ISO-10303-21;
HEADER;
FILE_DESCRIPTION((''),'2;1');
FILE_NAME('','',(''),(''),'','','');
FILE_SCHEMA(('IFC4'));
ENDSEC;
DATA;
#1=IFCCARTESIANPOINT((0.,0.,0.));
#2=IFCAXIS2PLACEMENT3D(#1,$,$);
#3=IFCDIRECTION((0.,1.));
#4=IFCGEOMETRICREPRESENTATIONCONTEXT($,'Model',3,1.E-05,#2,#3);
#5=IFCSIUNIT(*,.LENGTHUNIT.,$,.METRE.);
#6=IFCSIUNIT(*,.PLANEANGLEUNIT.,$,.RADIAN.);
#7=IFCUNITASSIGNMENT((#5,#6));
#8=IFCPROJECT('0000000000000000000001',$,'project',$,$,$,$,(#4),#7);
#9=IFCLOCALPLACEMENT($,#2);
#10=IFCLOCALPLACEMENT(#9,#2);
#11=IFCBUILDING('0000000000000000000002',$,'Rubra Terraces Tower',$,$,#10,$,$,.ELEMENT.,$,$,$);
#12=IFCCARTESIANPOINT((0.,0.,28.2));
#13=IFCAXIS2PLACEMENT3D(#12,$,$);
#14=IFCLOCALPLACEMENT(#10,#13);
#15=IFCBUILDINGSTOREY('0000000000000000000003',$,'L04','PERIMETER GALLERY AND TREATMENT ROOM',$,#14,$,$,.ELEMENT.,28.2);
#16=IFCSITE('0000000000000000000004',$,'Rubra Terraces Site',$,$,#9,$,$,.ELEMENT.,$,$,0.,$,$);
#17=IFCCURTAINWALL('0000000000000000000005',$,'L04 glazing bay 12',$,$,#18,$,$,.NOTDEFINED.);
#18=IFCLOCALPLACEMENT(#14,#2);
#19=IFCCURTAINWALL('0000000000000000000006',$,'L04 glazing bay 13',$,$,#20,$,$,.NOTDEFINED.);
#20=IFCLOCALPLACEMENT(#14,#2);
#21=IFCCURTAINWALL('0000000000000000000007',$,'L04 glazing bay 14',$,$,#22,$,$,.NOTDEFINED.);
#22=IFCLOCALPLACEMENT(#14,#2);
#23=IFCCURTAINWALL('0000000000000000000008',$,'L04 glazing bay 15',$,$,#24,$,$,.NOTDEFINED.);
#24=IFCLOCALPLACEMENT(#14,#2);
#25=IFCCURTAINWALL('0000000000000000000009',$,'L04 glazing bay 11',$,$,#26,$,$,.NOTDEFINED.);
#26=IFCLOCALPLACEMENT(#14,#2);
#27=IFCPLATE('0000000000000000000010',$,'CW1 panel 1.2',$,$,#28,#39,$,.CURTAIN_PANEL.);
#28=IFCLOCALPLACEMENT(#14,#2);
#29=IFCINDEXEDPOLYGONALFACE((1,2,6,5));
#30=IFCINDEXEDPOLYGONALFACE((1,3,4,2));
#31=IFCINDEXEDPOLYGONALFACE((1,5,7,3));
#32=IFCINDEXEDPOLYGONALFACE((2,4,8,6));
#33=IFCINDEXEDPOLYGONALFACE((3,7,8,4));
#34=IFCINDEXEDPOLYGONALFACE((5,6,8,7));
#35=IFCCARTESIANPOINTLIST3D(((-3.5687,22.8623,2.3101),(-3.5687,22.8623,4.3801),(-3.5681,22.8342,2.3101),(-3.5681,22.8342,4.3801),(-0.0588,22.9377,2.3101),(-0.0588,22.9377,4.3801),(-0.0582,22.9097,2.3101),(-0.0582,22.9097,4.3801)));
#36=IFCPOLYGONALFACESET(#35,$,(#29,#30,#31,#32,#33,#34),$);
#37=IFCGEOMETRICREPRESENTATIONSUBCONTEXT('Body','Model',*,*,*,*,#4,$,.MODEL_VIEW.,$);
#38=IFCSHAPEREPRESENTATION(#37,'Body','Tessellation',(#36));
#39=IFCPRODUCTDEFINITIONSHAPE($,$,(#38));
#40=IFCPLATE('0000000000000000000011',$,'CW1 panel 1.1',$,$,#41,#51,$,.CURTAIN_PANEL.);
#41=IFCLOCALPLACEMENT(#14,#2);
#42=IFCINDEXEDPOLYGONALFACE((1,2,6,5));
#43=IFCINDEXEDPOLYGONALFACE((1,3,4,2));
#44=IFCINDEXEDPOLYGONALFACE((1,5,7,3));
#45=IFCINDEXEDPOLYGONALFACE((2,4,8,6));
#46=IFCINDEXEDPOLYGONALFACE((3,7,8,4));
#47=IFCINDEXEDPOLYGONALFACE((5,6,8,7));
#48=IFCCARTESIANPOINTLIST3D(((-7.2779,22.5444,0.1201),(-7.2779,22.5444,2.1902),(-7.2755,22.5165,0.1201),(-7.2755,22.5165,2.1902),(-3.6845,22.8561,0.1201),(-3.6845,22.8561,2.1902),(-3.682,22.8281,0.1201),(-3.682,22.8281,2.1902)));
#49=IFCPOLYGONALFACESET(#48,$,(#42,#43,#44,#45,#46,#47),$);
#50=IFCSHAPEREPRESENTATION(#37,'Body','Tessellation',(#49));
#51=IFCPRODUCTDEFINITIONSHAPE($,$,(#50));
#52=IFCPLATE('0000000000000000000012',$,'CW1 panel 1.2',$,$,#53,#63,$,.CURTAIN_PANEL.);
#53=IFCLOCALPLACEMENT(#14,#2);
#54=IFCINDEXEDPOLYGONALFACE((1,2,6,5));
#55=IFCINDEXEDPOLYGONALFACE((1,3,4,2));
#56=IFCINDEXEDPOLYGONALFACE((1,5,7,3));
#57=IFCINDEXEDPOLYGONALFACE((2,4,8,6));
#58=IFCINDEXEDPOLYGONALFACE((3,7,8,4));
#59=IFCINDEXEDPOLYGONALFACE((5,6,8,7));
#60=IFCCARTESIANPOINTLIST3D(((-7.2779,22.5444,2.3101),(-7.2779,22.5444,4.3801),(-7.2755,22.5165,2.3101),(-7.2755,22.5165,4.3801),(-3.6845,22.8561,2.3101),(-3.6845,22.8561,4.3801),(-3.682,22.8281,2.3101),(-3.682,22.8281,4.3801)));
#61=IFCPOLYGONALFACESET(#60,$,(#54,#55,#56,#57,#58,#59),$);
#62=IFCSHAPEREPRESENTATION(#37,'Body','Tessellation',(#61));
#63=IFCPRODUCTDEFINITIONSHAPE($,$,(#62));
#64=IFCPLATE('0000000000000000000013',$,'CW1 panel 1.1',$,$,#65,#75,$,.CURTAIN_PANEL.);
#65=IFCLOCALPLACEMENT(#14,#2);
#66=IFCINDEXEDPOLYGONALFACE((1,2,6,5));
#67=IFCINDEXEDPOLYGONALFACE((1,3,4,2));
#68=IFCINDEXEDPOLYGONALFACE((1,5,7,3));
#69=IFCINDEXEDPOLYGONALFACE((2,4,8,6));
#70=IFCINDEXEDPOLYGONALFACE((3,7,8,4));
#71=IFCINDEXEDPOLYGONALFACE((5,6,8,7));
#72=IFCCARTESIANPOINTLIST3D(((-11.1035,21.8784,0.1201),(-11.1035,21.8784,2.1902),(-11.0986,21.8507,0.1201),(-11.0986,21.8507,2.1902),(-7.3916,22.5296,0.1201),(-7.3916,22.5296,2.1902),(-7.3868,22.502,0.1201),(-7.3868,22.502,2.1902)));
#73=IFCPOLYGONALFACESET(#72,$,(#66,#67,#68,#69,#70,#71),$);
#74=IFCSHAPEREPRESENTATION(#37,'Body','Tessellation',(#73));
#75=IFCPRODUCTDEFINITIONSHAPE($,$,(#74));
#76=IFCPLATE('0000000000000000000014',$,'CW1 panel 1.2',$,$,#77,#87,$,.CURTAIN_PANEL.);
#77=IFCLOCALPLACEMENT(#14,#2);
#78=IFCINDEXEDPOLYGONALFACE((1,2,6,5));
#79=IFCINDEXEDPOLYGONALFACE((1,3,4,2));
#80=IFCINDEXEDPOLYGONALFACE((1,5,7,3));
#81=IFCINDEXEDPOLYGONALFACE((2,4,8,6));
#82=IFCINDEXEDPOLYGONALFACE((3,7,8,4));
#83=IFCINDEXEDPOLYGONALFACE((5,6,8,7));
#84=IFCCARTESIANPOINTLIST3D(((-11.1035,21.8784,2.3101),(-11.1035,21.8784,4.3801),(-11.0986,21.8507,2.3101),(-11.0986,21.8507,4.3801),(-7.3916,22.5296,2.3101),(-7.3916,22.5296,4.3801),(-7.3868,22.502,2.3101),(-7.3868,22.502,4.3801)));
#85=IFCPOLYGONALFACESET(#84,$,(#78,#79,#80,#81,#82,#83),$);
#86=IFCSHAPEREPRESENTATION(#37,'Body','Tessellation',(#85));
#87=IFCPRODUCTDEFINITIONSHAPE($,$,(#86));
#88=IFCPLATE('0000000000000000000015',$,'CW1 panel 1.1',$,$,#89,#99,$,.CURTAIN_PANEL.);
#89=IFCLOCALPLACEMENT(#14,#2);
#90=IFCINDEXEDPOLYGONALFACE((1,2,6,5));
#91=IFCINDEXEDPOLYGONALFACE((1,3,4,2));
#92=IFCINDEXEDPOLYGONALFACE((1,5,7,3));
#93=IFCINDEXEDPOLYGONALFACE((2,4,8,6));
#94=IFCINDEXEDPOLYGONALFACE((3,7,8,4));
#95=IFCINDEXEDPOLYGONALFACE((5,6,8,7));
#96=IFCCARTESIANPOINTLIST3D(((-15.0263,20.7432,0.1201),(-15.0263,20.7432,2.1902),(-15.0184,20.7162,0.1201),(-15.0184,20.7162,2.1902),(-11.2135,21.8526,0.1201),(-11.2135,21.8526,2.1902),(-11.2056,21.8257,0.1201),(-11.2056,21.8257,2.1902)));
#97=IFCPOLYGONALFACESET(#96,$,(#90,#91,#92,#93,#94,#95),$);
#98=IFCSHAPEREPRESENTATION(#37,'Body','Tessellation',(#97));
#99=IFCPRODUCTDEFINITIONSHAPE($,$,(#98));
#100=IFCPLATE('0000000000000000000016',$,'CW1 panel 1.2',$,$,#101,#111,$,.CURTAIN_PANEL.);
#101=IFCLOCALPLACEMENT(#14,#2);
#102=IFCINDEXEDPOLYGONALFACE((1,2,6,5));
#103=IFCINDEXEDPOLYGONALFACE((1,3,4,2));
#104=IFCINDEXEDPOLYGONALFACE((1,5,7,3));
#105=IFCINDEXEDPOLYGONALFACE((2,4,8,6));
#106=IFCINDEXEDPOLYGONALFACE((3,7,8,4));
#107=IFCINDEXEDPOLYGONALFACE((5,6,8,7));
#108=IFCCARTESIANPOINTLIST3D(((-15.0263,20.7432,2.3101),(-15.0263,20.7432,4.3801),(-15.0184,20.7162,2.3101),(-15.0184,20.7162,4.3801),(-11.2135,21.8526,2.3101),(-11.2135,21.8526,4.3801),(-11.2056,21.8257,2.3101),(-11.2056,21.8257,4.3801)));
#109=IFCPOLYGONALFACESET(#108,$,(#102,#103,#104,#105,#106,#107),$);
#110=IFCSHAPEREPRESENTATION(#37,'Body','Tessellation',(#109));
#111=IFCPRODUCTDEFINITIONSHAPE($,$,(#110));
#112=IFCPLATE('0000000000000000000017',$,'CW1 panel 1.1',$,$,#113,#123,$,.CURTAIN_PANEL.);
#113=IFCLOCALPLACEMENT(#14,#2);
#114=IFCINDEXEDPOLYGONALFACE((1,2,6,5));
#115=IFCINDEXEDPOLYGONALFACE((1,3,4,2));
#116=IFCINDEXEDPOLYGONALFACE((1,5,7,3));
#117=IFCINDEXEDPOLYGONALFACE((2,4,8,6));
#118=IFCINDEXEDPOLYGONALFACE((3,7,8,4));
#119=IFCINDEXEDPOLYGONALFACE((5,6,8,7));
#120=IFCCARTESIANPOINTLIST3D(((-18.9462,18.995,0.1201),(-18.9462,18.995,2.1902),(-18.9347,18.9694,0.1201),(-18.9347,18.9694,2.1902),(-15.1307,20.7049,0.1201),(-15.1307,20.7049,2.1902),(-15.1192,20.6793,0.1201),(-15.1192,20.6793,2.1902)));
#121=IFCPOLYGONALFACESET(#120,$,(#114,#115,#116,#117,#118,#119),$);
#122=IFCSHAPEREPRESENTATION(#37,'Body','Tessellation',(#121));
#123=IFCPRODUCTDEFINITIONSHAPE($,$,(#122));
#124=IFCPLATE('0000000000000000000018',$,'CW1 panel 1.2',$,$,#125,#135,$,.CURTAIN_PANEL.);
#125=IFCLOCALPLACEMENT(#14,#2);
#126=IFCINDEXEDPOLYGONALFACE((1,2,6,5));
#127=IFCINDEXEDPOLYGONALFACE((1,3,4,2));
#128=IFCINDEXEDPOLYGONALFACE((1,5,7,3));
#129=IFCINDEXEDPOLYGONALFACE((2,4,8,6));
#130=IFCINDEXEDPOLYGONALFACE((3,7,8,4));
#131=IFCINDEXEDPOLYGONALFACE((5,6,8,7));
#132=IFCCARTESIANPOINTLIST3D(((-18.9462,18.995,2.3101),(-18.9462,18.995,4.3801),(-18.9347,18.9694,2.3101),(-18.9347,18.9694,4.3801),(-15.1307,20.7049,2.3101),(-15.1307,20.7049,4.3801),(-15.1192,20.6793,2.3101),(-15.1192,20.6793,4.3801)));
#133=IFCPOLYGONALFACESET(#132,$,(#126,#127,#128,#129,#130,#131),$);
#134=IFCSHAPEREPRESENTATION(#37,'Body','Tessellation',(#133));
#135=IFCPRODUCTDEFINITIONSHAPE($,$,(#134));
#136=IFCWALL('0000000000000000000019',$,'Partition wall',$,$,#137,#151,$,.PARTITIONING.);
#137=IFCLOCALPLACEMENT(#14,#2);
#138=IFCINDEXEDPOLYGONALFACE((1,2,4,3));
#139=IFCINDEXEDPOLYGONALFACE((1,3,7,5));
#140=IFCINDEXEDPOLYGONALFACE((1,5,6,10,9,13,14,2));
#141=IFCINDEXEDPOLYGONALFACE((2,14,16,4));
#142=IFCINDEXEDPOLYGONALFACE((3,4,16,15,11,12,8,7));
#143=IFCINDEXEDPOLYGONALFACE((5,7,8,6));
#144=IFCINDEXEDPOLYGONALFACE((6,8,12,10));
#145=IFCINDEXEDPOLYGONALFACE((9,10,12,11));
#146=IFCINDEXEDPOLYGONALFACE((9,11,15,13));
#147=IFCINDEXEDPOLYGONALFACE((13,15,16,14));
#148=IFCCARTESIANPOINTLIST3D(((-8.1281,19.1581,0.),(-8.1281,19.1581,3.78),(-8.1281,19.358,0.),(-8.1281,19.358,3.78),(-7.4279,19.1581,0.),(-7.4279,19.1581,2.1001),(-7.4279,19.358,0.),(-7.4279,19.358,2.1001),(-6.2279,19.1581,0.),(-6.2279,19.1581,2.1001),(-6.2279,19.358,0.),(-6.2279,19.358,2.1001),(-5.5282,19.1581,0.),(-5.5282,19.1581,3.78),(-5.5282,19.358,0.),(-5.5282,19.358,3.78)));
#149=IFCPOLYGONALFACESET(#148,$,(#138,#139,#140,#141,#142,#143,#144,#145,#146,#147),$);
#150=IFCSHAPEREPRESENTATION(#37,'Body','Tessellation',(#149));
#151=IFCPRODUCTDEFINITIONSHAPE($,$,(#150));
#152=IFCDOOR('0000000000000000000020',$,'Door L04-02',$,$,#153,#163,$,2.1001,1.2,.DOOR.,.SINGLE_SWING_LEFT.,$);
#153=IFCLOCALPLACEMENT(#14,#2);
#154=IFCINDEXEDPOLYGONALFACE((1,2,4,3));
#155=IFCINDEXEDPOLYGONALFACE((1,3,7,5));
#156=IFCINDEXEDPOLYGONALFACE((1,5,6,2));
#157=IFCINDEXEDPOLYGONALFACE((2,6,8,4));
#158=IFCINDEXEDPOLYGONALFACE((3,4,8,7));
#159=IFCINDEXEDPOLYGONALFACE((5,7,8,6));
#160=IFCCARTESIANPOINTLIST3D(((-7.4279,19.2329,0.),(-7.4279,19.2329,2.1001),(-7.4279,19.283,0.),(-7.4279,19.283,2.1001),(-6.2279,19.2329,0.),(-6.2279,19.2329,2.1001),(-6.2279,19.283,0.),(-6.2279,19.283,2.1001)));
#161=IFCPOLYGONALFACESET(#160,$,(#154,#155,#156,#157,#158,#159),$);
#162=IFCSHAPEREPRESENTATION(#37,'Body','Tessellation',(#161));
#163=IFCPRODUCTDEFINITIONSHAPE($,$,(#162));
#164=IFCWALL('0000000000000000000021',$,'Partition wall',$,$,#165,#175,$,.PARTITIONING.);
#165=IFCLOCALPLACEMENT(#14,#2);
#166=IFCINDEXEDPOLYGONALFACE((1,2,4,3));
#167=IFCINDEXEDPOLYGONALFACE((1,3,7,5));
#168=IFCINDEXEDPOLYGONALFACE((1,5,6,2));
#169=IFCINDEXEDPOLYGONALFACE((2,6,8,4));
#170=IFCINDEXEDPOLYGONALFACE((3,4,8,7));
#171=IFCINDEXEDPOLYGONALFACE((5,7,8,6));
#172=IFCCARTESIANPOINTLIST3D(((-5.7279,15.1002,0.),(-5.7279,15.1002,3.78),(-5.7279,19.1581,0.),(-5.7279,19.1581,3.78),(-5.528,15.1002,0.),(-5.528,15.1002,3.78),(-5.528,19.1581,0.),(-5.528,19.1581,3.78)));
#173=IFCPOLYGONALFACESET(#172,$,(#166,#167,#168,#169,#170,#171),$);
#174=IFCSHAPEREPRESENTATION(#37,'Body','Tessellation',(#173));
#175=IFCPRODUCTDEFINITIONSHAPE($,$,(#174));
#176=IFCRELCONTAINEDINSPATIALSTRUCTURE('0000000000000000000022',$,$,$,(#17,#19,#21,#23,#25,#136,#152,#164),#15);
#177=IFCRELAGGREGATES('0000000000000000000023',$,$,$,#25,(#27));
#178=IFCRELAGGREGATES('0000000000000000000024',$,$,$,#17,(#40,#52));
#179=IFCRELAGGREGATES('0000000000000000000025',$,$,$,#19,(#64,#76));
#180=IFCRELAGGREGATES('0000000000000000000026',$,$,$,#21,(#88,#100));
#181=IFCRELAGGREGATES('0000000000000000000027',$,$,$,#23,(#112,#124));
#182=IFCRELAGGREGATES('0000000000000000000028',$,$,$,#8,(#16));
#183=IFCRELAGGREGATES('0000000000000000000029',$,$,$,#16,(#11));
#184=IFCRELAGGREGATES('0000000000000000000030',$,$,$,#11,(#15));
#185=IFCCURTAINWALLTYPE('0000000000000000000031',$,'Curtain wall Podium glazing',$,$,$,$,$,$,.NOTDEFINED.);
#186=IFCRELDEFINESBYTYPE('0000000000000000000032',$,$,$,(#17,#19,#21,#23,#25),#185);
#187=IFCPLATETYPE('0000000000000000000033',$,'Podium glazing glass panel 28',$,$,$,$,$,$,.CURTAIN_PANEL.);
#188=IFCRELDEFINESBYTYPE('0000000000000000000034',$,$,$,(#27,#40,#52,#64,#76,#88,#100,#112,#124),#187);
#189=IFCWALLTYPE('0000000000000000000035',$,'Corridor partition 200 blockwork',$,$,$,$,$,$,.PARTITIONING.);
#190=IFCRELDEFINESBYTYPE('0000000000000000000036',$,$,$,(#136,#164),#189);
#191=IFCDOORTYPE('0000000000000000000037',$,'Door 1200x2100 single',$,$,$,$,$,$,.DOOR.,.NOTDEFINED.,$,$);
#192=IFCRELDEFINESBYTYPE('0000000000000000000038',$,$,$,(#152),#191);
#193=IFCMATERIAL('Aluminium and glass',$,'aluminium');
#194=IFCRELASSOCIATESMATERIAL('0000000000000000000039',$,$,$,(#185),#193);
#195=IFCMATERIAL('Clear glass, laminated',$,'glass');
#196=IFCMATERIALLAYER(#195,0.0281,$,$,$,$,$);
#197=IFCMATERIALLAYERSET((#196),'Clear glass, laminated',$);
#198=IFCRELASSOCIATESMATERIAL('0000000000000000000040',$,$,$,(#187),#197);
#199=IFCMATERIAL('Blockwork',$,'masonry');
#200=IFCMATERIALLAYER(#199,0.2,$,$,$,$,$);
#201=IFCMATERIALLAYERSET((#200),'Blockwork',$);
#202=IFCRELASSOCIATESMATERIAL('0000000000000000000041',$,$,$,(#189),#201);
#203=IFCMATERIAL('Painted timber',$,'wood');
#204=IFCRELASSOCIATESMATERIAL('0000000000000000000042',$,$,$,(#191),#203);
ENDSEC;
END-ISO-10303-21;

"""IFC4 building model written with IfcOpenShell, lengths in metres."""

from ifc_helpers import new_model, si_unit, direction, frame, frame_2d, origin, origin_2d, place, context, subcontext, project, spatial, rectangle, extrude, material, layer, layer_set, type_object, element, fill, aggregate, save


model = new_model("IFC4")

# Units and contexts
model_context = context("Model", 3, precision=1e-05, world=origin(), true_north=direction((0.0, 1.0)))
body_context = subcontext(model_context, "Body", "Model", "MODEL_VIEW")
ifc_project = project(units=[si_unit("LENGTHUNIT", "METRE"), si_unit("PLANEANGLEUNIT", "RADIAN")], contexts=[model_context])

# Site, building, storey
site_placement = place(None, origin())
site = spatial("IfcSite", under=ifc_project, at=site_placement, Name="Rubra Terraces Site", CompositionType="ELEMENT", RefElevation=0.0)
building_placement = place(site_placement, origin())
building = spatial("IfcBuilding", under=site, at=building_placement, Name="Rubra Terraces Tower", CompositionType="ELEMENT")
storey_placement = place(building_placement, frame((0.0, 0.0, 28.2)))
storey = spatial("IfcBuildingStorey", under=building, at=storey_placement, Name="L04", Description="PERIMETER GALLERY AND TREATMENT ROOM", CompositionType="ELEMENT", Elevation=28.2)

# Curtain walls
ifc_material_1 = material(Name="Aluminium and glass", Category="aluminium")
curtain_wall_type = type_object("IfcCurtainWallType", Name="Curtain wall Podium glazing", PredefinedType="NOTDEFINED", material=ifc_material_1)
curtain_wall_1_placement = place(storey_placement, origin())
curtain_wall_1 = element("IfcCurtainWall", 1, at=curtain_wall_1_placement, inside=storey, type_object=curtain_wall_type, Name="L04 glazing bay 12", PredefinedType="NOTDEFINED")
curtain_wall_2_placement = place(storey_placement, origin())
curtain_wall_2 = element("IfcCurtainWall", 2, at=curtain_wall_2_placement, inside=storey, type_object=curtain_wall_type, Name="L04 glazing bay 13", PredefinedType="NOTDEFINED")
curtain_wall_3_placement = place(storey_placement, origin())
curtain_wall_3 = element("IfcCurtainWall", 3, at=curtain_wall_3_placement, inside=storey, type_object=curtain_wall_type, Name="L04 glazing bay 14", PredefinedType="NOTDEFINED")
curtain_wall_4_placement = place(storey_placement, origin())
curtain_wall_4 = element("IfcCurtainWall", 4, at=curtain_wall_4_placement, inside=storey, type_object=curtain_wall_type, Name="L04 glazing bay 15", PredefinedType="NOTDEFINED")
curtain_wall_5_placement = place(storey_placement, origin())
curtain_wall_5 = element("IfcCurtainWall", 5, at=curtain_wall_5_placement, inside=storey, type_object=curtain_wall_type, Name="L04 glazing bay 11", PredefinedType="NOTDEFINED")

# Plates
ifc_material_2 = material(Name="Clear glass, laminated", Category="glass")
ifc_layer_1 = layer(ifc_material_2, 0.0281)
ifc_layer_set_1 = layer_set([ifc_layer_1], Name="Clear glass, laminated")
plate_type = type_object("IfcPlateType", Name="Podium glazing glass panel 28", PredefinedType="CURTAIN_PANEL", material=ifc_layer_set_1)
plate_1_placement = place(storey_placement, frame((-1.8135, 22.886, 2.3101), z_axis=(0.0, 0.0, 1.0), x_axis=(-0.999769, -0.021483, 0.0)))
plate_1 = element("IfcPlate", 6, at=plate_1_placement, type_object=plate_type, Name="CW1 panel 1.2", PredefinedType="CURTAIN_PANEL", context=body_context, shape_type="SweptSolid", body=[
    extrude(rectangle(XDim=3.5107, YDim=0.0281, at=origin_2d()), origin(), (0.0, 0.0, 1.0), 2.0701),
])
aggregate(curtain_wall_5, [plate_1])
plate_2_placement = place(storey_placement, frame((-5.48, 22.6863, 0.1201), z_axis=(0.0, 0.0, 1.0), x_axis=(-0.996261, -0.086398, 0.0)))
plate_2 = element("IfcPlate", 7, at=plate_2_placement, type_object=plate_type, Name="CW1 panel 1.1", PredefinedType="CURTAIN_PANEL", context=body_context, shape_type="SweptSolid", body=[
    extrude(rectangle(XDim=3.6069, YDim=0.0281, at=origin_2d()), origin(), (0.0, 0.0, 1.0), 2.0701),
])
plate_3_placement = place(storey_placement, frame((-5.48, 22.6863, 2.3101), z_axis=(0.0, 0.0, 1.0), x_axis=(-0.996261, -0.086398, 0.0)))
plate_3 = element("IfcPlate", 8, at=plate_3_placement, type_object=plate_type, Name="CW1 panel 1.2", PredefinedType="CURTAIN_PANEL", context=body_context, shape_type="SweptSolid", body=[
    extrude(rectangle(XDim=3.6069, YDim=0.0281, at=origin_2d()), origin(), (0.0, 0.0, 1.0), 2.0701),
])
aggregate(curtain_wall_1, [plate_2, plate_3])
plate_4_placement = place(storey_placement, frame((-9.2451, 22.1902, 0.1201), z_axis=(0.0, 0.0, 1.0), x_axis=(-0.984954, -0.172817, 0.0)))
plate_4 = element("IfcPlate", 9, at=plate_4_placement, type_object=plate_type, Name="CW1 panel 1.1", PredefinedType="CURTAIN_PANEL", context=body_context, shape_type="SweptSolid", body=[
    extrude(rectangle(XDim=3.7686, YDim=0.0281, at=origin_2d()), origin(), (0.0, 0.0, 1.0), 2.0701),
])
plate_5_placement = place(storey_placement, frame((-9.2451, 22.1902, 2.3101), z_axis=(0.0, 0.0, 1.0), x_axis=(-0.984954, -0.172817, 0.0)))
plate_5 = element("IfcPlate", 10, at=plate_5_placement, type_object=plate_type, Name="CW1 panel 1.2", PredefinedType="CURTAIN_PANEL", context=body_context, shape_type="SweptSolid", body=[
    extrude(rectangle(XDim=3.7686, YDim=0.0281, at=origin_2d()), origin(), (0.0, 0.0, 1.0), 2.0701),
])
aggregate(curtain_wall_2, [plate_4, plate_5])
plate_6_placement = place(storey_placement, frame((-13.116, 21.2844, 0.1201), z_axis=(0.0, 0.0, 1.0), x_axis=(-0.960175, -0.279399, 0.0)))
plate_6 = element("IfcPlate", 11, at=plate_6_placement, type_object=plate_type, Name="CW1 panel 1.1", PredefinedType="CURTAIN_PANEL", context=body_context, shape_type="SweptSolid", body=[
    extrude(rectangle(XDim=3.9709, YDim=0.0281, at=origin_2d()), origin(), (0.0, 0.0, 1.0), 2.0701),
])
plate_7_placement = place(storey_placement, frame((-13.116, 21.2844, 2.3101), z_axis=(0.0, 0.0, 1.0), x_axis=(-0.960175, -0.279399, 0.0)))
plate_7 = element("IfcPlate", 12, at=plate_7_placement, type_object=plate_type, Name="CW1 panel 1.2", PredefinedType="CURTAIN_PANEL", context=body_context, shape_type="SweptSolid", body=[
    extrude(rectangle(XDim=3.9709, YDim=0.0281, at=origin_2d()), origin(), (0.0, 0.0, 1.0), 2.0701),
])
aggregate(curtain_wall_3, [plate_6, plate_7])
plate_8_placement = place(storey_placement, frame((-17.0327, 19.8372, 0.1201), z_axis=(0.0, 0.0, 1.0), x_axis=(-0.912551, -0.408962, 0.0)))
plate_8 = element("IfcPlate", 13, at=plate_8_placement, type_object=plate_type, Name="CW1 panel 1.1", PredefinedType="CURTAIN_PANEL", context=body_context, shape_type="SweptSolid", body=[
    extrude(rectangle(XDim=4.1812, YDim=0.0281, at=origin_2d()), origin(), (0.0, 0.0, 1.0), 2.0701),
])
plate_9_placement = place(storey_placement, frame((-17.0327, 19.8372, 2.3101), z_axis=(0.0, 0.0, 1.0), x_axis=(-0.912551, -0.408962, 0.0)))
plate_9 = element("IfcPlate", 14, at=plate_9_placement, type_object=plate_type, Name="CW1 panel 1.2", PredefinedType="CURTAIN_PANEL", context=body_context, shape_type="SweptSolid", body=[
    extrude(rectangle(XDim=4.1812, YDim=0.0281, at=origin_2d()), origin(), (0.0, 0.0, 1.0), 2.0701),
])
aggregate(curtain_wall_4, [plate_8, plate_9])

# Wall, opening, door
ifc_material_3 = material(Name="Blockwork", Category="masonry")
ifc_layer_2 = layer(ifc_material_3, 0.2)
ifc_layer_set_2 = layer_set([ifc_layer_2], Name="Blockwork")
wall_type = type_object("IfcWallType", Name="Corridor partition 200 blockwork", PredefinedType="PARTITIONING", material=ifc_layer_set_2)
wall_1_placement = place(storey_placement, frame((-8.1279, 19.2581, 0.0), z_axis=(0.0, 0.0, 1.0), x_axis=(1.0, 0.0, 0.0)))
wall_1 = element("IfcWall", 15, at=wall_1_placement, inside=storey, type_object=wall_type, Name="Partition wall", PredefinedType="PARTITIONING", context=body_context, shape_type="SweptSolid", body=[
    extrude(rectangle(XDim=2.5999, YDim=0.2, at=frame_2d((1.2998, 0.0))), origin(), (0.0, 0.0, 1.0), 3.78),
])
opening_placement = place(wall_1_placement, frame((0.7, 0.0, 0.0)))
opening = element("IfcOpeningElement", 16, at=opening_placement, cuts=wall_1, PredefinedType="OPENING", context=body_context, shape_type="SweptSolid", body=[
    extrude(rectangle(XDim=1.2, YDim=2.1001, at=frame_2d((0.6001, 1.05))), frame((0.0, 0.1099, 0.0), z_axis=(0.0, -1.0, 0.0), x_axis=(1.0, 0.0, 0.0)), (0.0, 0.0, 1.0), 0.22),
])
ifc_material_4 = material(Name="Painted timber", Category="wood")
door_type = type_object("IfcDoorType", Name="Door 1200x2100 single", OperationType="NOTDEFINED", PredefinedType="DOOR", material=ifc_material_4)
door_placement = place(opening_placement, origin())
door = element("IfcDoor", 17, at=door_placement, inside=storey, type_object=door_type, Name="Door L04-02", OperationType="SINGLE_SWING_LEFT", OverallHeight=2.1001, OverallWidth=1.2, PredefinedType="DOOR", context=body_context, shape_type="SweptSolid", body=[
    extrude(rectangle(XDim=1.2, YDim=2.1001, at=frame_2d((0.6001, 1.05))), frame((0.0, 0.0249, 0.0), z_axis=(0.0, -1.0, 0.0), x_axis=(1.0, 0.0, 0.0)), (0.0, 0.0, 1.0), 0.05),
])
fill(opening, door)

# Wall
wall_2_placement = place(storey_placement, frame((-5.6279, 19.158, 0.0), z_axis=(0.0, 0.0, 1.0), x_axis=(0.0, -1.0, 0.0)))
element("IfcWall", 18, at=wall_2_placement, inside=storey, type_object=wall_type, Name="Partition wall", PredefinedType="PARTITIONING", context=body_context, shape_type="SweptSolid", body=[
    extrude(rectangle(XDim=4.0579, YDim=0.2, at=frame_2d((2.0288, 0.0))), origin(), (0.0, 0.0, 1.0), 3.78),
])

save(model, "model.ifc")
